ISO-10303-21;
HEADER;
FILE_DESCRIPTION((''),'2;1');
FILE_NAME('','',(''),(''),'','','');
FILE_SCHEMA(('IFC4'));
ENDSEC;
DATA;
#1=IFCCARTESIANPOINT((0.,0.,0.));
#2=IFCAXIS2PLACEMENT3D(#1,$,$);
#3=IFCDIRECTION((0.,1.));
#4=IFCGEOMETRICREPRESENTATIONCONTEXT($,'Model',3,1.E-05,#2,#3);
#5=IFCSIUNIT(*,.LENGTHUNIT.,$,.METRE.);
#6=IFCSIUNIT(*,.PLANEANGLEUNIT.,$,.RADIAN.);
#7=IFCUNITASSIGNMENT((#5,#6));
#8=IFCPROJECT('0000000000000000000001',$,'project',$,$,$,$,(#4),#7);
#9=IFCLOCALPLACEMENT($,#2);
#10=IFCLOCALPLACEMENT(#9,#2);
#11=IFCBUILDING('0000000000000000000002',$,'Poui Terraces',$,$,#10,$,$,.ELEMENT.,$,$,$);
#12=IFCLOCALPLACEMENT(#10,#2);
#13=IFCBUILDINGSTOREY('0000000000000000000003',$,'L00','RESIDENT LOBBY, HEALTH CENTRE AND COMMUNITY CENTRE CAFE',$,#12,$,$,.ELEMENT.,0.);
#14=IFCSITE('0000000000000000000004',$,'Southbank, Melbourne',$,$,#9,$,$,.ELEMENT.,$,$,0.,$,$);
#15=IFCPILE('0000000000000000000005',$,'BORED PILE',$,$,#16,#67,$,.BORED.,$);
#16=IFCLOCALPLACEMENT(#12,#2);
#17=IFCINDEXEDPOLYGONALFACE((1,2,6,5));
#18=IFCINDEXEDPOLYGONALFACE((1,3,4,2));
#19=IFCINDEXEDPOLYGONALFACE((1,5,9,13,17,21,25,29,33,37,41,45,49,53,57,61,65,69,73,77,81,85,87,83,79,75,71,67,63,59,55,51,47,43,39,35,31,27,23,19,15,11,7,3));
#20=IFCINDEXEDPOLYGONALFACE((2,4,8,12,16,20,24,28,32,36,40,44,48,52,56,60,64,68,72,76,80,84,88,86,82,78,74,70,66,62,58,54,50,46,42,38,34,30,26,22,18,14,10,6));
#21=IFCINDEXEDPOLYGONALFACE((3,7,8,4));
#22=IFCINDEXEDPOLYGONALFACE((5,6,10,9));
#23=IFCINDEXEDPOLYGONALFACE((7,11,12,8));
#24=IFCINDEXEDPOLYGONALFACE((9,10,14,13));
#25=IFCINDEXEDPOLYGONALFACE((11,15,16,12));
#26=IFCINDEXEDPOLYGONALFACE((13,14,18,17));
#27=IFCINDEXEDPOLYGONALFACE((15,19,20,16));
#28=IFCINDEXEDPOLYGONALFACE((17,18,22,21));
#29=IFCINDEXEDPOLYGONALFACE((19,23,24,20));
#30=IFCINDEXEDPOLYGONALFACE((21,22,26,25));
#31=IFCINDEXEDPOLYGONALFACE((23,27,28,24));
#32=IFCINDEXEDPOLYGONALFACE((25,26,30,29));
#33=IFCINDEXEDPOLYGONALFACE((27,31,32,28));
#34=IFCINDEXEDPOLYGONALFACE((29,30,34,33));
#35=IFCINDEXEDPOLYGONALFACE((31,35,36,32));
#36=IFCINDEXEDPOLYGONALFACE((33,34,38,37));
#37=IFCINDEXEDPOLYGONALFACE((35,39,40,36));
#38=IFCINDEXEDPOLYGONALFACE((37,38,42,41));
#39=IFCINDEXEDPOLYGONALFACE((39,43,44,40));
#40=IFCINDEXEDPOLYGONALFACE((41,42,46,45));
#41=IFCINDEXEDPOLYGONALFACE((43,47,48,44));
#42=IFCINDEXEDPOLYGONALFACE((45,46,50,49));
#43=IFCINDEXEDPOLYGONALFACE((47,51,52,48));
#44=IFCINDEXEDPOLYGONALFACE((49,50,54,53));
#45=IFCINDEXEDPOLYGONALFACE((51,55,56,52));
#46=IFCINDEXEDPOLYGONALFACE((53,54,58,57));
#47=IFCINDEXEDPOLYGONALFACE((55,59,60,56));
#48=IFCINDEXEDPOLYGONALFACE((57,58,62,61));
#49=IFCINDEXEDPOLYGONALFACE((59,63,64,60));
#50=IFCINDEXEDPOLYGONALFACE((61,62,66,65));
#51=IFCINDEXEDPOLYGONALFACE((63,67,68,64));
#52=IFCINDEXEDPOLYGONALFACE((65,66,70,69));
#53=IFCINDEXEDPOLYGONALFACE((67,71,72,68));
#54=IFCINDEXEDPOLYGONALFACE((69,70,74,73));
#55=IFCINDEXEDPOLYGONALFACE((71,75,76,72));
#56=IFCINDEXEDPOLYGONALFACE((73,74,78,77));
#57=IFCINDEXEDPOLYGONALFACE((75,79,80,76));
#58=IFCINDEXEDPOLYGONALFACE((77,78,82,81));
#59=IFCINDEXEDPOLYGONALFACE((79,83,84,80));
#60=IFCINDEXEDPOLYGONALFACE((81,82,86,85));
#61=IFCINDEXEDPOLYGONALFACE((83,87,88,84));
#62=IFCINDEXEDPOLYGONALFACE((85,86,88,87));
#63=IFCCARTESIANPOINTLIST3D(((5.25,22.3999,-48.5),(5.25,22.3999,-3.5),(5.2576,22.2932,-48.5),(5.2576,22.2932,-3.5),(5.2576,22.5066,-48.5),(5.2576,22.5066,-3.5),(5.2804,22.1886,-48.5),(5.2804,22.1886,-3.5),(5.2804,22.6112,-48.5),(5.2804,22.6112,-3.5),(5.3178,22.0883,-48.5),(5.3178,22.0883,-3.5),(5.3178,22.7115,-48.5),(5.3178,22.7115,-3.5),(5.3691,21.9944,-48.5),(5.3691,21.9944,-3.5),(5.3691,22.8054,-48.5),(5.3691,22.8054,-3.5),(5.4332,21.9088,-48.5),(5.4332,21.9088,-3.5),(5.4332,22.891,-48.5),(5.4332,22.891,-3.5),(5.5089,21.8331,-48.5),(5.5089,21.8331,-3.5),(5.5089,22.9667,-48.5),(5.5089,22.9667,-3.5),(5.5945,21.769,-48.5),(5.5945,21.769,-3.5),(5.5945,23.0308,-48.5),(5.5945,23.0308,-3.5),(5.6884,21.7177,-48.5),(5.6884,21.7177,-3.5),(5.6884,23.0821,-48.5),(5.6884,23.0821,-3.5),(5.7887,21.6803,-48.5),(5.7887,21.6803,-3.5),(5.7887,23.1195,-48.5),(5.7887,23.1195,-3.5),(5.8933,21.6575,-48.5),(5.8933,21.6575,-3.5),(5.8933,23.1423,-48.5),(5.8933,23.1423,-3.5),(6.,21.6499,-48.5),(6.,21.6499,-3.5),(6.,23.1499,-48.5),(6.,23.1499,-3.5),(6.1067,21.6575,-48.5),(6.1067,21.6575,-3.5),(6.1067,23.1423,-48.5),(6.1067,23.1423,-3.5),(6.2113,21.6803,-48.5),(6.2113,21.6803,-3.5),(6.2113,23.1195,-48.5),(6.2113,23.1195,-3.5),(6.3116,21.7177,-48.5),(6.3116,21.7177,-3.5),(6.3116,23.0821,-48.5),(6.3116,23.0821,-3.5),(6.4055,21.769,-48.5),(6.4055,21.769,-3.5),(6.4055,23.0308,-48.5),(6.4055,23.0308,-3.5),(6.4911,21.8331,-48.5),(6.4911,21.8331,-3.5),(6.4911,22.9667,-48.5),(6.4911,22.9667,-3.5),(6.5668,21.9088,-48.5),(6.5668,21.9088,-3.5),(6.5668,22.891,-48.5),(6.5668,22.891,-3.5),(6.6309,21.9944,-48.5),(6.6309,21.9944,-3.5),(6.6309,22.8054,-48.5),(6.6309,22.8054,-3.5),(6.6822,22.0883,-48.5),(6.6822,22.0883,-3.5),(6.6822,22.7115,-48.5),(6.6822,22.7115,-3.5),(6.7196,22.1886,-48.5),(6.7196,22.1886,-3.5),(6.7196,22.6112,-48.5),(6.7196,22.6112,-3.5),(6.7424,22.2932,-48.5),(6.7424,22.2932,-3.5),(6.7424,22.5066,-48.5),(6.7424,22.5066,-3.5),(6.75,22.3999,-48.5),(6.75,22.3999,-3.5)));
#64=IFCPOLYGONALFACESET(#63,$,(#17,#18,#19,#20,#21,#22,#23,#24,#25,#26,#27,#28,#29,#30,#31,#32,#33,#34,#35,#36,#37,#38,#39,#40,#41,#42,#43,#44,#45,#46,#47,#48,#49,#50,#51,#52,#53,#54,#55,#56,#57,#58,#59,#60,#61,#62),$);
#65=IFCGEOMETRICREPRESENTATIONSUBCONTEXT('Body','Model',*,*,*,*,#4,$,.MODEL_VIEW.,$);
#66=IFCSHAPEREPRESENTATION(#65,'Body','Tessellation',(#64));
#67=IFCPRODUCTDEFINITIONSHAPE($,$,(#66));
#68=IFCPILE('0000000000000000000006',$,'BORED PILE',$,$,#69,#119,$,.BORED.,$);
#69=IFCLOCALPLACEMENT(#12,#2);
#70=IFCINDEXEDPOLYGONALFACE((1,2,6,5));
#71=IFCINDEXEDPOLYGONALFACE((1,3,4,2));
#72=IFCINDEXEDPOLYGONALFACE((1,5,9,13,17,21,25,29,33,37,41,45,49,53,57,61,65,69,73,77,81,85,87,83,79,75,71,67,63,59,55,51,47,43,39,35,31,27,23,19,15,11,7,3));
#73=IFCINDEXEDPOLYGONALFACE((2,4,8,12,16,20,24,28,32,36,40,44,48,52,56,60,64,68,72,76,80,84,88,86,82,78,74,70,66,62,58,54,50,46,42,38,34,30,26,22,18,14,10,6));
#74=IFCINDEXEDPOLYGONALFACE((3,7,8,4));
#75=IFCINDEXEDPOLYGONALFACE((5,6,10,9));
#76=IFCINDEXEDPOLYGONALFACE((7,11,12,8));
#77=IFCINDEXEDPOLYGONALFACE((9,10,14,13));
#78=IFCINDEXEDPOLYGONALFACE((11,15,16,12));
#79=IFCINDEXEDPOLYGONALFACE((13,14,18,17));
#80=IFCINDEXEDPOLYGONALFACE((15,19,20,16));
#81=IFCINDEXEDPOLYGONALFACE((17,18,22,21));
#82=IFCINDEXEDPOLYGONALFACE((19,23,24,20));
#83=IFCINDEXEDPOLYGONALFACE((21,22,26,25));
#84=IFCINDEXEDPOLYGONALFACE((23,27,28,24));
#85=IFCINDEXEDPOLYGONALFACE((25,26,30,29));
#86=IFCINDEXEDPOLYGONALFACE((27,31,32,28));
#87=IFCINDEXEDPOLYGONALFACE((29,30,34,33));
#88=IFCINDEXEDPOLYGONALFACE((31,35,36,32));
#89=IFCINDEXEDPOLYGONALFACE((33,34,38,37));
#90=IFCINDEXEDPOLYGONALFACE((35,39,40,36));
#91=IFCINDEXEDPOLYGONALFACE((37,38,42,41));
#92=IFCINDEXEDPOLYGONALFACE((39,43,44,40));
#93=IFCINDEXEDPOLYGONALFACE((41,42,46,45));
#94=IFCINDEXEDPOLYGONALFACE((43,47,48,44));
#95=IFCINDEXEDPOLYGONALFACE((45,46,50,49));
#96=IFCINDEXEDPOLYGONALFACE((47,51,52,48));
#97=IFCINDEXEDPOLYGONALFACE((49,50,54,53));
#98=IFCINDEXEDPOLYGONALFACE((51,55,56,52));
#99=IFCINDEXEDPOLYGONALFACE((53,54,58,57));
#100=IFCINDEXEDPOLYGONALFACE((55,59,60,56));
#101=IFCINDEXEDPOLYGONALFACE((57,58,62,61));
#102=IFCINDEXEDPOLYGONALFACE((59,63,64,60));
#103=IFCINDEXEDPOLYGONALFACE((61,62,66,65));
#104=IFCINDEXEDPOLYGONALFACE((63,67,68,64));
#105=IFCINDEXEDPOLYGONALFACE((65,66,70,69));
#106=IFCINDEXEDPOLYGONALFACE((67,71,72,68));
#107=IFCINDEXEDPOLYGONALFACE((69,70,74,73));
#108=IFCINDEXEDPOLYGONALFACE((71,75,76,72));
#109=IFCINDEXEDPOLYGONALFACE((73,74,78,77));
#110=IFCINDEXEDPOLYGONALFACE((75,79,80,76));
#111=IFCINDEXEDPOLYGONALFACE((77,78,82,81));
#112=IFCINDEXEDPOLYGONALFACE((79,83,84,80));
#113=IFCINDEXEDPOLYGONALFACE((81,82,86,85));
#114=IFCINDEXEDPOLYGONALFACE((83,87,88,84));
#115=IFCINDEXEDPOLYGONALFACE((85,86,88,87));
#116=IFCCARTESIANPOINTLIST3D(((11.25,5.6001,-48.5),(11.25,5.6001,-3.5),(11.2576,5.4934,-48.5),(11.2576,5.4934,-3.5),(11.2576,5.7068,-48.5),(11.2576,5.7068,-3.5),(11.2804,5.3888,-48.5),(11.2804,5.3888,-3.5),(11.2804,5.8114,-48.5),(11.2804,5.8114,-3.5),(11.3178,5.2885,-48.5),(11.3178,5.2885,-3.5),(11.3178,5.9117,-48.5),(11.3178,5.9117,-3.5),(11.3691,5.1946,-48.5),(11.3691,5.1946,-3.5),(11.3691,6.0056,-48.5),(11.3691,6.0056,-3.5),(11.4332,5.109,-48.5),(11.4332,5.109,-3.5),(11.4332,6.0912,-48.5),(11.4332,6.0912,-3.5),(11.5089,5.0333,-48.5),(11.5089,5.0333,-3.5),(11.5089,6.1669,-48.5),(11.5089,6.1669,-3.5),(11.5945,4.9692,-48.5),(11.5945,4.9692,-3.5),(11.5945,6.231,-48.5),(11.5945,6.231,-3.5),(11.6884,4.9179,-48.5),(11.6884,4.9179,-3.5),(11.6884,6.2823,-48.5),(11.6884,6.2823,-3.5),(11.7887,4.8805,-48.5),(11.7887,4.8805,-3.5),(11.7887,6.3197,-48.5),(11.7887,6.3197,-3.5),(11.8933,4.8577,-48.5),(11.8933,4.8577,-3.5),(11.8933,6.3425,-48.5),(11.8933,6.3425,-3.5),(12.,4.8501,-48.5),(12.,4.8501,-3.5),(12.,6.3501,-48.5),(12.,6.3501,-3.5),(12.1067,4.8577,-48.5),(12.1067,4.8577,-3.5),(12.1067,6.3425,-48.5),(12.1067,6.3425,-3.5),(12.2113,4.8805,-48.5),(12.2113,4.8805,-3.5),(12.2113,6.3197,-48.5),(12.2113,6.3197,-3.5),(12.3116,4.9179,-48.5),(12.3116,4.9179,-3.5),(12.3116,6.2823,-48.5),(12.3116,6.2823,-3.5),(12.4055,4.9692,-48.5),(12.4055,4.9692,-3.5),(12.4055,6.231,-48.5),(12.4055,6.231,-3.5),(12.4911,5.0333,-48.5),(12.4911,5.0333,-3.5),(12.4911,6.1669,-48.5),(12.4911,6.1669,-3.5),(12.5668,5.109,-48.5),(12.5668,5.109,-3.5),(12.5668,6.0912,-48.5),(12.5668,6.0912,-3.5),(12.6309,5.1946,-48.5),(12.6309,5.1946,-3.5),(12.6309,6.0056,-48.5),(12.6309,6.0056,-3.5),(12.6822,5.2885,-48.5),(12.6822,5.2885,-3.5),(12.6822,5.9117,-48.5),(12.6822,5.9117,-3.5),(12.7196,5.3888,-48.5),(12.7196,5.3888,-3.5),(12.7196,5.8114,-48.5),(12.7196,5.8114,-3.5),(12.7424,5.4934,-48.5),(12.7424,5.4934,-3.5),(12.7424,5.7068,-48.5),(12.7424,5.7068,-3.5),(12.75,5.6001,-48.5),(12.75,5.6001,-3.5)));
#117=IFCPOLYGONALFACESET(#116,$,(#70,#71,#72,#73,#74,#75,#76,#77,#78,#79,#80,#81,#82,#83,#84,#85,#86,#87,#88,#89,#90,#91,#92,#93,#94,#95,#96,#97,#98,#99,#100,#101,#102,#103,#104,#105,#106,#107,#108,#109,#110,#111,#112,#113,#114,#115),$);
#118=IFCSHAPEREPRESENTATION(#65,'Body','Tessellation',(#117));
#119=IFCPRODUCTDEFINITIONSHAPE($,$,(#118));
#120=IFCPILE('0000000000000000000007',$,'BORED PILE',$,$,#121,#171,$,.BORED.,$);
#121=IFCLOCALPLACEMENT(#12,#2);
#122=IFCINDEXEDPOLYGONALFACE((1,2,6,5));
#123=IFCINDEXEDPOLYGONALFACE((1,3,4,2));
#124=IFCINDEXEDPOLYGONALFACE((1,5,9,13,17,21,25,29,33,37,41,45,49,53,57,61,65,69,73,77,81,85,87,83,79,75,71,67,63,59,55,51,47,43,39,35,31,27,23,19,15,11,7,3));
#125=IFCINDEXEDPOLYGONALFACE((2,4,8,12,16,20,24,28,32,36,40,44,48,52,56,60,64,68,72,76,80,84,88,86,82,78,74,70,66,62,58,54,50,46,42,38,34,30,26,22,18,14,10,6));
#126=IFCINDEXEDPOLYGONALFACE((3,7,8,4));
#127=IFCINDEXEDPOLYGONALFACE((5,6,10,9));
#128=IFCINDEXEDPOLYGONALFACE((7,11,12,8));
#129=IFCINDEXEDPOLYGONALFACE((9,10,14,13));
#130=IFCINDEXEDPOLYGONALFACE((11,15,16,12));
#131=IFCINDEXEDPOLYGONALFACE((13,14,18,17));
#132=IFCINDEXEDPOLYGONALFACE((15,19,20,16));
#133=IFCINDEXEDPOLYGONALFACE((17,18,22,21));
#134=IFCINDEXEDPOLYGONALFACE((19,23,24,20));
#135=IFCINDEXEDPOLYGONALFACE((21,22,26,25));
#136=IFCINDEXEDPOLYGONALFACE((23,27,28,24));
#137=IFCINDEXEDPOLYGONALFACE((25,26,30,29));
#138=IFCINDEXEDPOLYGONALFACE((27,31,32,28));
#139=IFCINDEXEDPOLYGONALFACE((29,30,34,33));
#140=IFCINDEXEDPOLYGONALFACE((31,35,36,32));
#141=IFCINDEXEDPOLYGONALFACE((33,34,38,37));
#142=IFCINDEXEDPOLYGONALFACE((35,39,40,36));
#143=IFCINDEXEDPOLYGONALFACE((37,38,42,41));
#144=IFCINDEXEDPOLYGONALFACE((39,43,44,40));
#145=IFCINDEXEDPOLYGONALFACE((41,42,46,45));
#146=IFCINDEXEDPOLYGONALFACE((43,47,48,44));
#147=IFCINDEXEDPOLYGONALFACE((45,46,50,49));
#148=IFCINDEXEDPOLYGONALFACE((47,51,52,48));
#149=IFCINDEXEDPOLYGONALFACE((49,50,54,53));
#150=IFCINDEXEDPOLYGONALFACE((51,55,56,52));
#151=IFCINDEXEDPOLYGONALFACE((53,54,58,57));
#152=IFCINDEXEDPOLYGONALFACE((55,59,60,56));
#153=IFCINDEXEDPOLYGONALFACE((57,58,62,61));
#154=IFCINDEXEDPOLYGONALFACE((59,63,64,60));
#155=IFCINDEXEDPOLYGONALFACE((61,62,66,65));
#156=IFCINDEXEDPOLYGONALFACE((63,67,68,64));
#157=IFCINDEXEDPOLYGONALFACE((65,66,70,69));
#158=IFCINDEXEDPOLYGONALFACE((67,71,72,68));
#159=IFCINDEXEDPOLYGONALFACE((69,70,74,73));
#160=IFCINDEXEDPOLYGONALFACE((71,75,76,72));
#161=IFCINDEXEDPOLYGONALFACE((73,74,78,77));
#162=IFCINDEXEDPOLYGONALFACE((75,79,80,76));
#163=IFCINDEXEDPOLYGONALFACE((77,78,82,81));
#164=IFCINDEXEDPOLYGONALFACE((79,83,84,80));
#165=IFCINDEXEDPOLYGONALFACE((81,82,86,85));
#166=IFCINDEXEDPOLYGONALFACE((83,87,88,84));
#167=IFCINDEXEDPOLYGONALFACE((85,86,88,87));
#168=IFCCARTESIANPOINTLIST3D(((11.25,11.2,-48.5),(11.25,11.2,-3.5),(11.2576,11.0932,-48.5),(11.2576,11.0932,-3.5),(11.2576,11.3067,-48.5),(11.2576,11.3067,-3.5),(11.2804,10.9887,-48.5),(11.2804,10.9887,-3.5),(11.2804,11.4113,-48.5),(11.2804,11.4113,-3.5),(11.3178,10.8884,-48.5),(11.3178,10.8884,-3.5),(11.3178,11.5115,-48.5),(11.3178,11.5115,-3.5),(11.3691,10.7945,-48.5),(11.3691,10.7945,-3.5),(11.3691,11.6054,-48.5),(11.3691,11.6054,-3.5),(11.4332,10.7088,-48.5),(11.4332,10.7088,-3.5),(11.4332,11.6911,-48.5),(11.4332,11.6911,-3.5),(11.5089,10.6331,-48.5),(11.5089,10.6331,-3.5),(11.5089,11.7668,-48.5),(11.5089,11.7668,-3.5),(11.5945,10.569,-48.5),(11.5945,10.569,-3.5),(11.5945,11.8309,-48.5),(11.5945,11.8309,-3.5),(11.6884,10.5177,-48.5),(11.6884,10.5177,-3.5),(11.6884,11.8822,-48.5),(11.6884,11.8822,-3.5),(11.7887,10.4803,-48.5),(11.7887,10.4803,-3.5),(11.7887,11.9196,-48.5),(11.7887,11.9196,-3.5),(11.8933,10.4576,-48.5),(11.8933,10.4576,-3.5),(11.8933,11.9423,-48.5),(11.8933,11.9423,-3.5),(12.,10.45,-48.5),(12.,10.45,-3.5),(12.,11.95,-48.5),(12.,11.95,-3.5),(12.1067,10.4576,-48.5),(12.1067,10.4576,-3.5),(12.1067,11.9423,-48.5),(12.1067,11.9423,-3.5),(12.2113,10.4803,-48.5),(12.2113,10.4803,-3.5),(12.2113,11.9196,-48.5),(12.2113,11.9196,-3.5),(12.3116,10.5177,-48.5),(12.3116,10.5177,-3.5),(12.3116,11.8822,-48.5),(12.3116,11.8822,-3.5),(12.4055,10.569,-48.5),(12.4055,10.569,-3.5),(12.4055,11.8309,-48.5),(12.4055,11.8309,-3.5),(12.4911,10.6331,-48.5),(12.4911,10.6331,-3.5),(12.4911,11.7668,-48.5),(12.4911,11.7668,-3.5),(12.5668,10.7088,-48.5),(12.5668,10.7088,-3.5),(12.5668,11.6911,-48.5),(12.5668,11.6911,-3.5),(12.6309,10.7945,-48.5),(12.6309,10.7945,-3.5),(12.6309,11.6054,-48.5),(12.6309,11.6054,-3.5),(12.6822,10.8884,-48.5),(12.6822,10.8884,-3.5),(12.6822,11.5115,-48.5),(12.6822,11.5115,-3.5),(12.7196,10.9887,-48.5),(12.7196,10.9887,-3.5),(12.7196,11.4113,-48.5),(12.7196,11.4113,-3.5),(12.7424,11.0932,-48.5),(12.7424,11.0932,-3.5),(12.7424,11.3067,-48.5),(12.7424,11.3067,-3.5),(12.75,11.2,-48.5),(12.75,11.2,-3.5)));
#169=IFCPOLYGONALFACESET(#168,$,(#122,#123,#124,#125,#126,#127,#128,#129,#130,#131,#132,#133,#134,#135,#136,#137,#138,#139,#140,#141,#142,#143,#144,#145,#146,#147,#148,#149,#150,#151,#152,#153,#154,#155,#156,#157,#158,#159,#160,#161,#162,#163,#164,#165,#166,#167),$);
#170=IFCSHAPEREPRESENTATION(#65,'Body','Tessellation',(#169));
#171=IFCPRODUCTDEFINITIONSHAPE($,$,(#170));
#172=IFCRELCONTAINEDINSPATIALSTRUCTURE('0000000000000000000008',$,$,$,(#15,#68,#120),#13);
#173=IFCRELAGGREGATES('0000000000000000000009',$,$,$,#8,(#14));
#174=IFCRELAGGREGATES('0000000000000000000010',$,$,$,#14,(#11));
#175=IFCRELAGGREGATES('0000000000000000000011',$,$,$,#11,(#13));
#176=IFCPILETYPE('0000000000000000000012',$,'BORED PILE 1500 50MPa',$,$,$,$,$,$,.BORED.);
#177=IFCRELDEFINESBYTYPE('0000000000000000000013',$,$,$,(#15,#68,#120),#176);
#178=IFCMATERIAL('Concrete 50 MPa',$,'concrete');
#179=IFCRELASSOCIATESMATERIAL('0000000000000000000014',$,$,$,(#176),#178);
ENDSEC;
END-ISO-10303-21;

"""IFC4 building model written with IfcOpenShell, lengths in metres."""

from ifc_helpers import new_model, si_unit, direction, frame, origin, origin_2d, place, context, subcontext, project, spatial, circle, extrude, material, material_profile, profile_set, type_object, element, save


model = new_model("IFC4")

# Units and contexts
model_context = context("Model", 3, precision=1e-05, world=origin(), true_north=direction((0.0, 1.0)))
body_context = subcontext(model_context, "Body", "Model", "MODEL_VIEW")
ifc_project = project(units=[si_unit("LENGTHUNIT", "METRE"), si_unit("PLANEANGLEUNIT", "RADIAN")], contexts=[model_context])

# Site, building, storey
site_placement = place(None, origin())
site = spatial("IfcSite", under=ifc_project, at=site_placement, Name="Southbank, Melbourne", CompositionType="ELEMENT", RefElevation=0.0)
building_placement = place(site_placement, origin())
building = spatial("IfcBuilding", under=site, at=building_placement, Name="Poui Terraces", CompositionType="ELEMENT")
storey_placement = place(building_placement, origin())
storey = spatial("IfcBuildingStorey", under=building, at=storey_placement, Name="L00", Description="RESIDENT LOBBY, HEALTH CENTRE AND COMMUNITY CENTRE CAFE", CompositionType="ELEMENT", Elevation=0.0)

# Piles
ifc_material_1 = material(Name="Concrete 50 MPa", Category="concrete")
ifc_material_profile_1 = material_profile(ifc_material_1, circle(Radius=0.75, at=origin_2d()), Name="RC D1500")
ifc_profile_set_1 = profile_set([ifc_material_profile_1], Name="Concrete 50 MPa")
pile_type = type_object("IfcPileType", Name="BORED PILE 1500 50MPa", PredefinedType="BORED", material=ifc_profile_set_1)
for number, where, z_axis, x_axis, name in (
    (1, (6.0, 22.3999, -3.5), (0.0, 0.0, -1.0), (1.0, 0.0, 0.0), "BORED PILE"),
    (2, (12.0, 5.6001, -3.5), (0.0, 0.0, -1.0), (1.0, 0.0, 0.0), "BORED PILE"),
    (3, (12.0, 11.2, -3.5), (0.0, 0.0, -1.0), (1.0, 0.0, 0.0), "BORED PILE"),
):
    element("IfcPile", number, at=place(storey_placement, frame(where, z_axis=z_axis, x_axis=x_axis)), inside=storey, type_object=pile_type, Name=name, PredefinedType="BORED", context=body_context, shape_type="SweptSolid", body=[
        extrude(circle(Radius=0.75, at=origin_2d()), origin(), (0.0, 0.0, 1.0), 45.0),
    ])

save(model, "model.ifc")
